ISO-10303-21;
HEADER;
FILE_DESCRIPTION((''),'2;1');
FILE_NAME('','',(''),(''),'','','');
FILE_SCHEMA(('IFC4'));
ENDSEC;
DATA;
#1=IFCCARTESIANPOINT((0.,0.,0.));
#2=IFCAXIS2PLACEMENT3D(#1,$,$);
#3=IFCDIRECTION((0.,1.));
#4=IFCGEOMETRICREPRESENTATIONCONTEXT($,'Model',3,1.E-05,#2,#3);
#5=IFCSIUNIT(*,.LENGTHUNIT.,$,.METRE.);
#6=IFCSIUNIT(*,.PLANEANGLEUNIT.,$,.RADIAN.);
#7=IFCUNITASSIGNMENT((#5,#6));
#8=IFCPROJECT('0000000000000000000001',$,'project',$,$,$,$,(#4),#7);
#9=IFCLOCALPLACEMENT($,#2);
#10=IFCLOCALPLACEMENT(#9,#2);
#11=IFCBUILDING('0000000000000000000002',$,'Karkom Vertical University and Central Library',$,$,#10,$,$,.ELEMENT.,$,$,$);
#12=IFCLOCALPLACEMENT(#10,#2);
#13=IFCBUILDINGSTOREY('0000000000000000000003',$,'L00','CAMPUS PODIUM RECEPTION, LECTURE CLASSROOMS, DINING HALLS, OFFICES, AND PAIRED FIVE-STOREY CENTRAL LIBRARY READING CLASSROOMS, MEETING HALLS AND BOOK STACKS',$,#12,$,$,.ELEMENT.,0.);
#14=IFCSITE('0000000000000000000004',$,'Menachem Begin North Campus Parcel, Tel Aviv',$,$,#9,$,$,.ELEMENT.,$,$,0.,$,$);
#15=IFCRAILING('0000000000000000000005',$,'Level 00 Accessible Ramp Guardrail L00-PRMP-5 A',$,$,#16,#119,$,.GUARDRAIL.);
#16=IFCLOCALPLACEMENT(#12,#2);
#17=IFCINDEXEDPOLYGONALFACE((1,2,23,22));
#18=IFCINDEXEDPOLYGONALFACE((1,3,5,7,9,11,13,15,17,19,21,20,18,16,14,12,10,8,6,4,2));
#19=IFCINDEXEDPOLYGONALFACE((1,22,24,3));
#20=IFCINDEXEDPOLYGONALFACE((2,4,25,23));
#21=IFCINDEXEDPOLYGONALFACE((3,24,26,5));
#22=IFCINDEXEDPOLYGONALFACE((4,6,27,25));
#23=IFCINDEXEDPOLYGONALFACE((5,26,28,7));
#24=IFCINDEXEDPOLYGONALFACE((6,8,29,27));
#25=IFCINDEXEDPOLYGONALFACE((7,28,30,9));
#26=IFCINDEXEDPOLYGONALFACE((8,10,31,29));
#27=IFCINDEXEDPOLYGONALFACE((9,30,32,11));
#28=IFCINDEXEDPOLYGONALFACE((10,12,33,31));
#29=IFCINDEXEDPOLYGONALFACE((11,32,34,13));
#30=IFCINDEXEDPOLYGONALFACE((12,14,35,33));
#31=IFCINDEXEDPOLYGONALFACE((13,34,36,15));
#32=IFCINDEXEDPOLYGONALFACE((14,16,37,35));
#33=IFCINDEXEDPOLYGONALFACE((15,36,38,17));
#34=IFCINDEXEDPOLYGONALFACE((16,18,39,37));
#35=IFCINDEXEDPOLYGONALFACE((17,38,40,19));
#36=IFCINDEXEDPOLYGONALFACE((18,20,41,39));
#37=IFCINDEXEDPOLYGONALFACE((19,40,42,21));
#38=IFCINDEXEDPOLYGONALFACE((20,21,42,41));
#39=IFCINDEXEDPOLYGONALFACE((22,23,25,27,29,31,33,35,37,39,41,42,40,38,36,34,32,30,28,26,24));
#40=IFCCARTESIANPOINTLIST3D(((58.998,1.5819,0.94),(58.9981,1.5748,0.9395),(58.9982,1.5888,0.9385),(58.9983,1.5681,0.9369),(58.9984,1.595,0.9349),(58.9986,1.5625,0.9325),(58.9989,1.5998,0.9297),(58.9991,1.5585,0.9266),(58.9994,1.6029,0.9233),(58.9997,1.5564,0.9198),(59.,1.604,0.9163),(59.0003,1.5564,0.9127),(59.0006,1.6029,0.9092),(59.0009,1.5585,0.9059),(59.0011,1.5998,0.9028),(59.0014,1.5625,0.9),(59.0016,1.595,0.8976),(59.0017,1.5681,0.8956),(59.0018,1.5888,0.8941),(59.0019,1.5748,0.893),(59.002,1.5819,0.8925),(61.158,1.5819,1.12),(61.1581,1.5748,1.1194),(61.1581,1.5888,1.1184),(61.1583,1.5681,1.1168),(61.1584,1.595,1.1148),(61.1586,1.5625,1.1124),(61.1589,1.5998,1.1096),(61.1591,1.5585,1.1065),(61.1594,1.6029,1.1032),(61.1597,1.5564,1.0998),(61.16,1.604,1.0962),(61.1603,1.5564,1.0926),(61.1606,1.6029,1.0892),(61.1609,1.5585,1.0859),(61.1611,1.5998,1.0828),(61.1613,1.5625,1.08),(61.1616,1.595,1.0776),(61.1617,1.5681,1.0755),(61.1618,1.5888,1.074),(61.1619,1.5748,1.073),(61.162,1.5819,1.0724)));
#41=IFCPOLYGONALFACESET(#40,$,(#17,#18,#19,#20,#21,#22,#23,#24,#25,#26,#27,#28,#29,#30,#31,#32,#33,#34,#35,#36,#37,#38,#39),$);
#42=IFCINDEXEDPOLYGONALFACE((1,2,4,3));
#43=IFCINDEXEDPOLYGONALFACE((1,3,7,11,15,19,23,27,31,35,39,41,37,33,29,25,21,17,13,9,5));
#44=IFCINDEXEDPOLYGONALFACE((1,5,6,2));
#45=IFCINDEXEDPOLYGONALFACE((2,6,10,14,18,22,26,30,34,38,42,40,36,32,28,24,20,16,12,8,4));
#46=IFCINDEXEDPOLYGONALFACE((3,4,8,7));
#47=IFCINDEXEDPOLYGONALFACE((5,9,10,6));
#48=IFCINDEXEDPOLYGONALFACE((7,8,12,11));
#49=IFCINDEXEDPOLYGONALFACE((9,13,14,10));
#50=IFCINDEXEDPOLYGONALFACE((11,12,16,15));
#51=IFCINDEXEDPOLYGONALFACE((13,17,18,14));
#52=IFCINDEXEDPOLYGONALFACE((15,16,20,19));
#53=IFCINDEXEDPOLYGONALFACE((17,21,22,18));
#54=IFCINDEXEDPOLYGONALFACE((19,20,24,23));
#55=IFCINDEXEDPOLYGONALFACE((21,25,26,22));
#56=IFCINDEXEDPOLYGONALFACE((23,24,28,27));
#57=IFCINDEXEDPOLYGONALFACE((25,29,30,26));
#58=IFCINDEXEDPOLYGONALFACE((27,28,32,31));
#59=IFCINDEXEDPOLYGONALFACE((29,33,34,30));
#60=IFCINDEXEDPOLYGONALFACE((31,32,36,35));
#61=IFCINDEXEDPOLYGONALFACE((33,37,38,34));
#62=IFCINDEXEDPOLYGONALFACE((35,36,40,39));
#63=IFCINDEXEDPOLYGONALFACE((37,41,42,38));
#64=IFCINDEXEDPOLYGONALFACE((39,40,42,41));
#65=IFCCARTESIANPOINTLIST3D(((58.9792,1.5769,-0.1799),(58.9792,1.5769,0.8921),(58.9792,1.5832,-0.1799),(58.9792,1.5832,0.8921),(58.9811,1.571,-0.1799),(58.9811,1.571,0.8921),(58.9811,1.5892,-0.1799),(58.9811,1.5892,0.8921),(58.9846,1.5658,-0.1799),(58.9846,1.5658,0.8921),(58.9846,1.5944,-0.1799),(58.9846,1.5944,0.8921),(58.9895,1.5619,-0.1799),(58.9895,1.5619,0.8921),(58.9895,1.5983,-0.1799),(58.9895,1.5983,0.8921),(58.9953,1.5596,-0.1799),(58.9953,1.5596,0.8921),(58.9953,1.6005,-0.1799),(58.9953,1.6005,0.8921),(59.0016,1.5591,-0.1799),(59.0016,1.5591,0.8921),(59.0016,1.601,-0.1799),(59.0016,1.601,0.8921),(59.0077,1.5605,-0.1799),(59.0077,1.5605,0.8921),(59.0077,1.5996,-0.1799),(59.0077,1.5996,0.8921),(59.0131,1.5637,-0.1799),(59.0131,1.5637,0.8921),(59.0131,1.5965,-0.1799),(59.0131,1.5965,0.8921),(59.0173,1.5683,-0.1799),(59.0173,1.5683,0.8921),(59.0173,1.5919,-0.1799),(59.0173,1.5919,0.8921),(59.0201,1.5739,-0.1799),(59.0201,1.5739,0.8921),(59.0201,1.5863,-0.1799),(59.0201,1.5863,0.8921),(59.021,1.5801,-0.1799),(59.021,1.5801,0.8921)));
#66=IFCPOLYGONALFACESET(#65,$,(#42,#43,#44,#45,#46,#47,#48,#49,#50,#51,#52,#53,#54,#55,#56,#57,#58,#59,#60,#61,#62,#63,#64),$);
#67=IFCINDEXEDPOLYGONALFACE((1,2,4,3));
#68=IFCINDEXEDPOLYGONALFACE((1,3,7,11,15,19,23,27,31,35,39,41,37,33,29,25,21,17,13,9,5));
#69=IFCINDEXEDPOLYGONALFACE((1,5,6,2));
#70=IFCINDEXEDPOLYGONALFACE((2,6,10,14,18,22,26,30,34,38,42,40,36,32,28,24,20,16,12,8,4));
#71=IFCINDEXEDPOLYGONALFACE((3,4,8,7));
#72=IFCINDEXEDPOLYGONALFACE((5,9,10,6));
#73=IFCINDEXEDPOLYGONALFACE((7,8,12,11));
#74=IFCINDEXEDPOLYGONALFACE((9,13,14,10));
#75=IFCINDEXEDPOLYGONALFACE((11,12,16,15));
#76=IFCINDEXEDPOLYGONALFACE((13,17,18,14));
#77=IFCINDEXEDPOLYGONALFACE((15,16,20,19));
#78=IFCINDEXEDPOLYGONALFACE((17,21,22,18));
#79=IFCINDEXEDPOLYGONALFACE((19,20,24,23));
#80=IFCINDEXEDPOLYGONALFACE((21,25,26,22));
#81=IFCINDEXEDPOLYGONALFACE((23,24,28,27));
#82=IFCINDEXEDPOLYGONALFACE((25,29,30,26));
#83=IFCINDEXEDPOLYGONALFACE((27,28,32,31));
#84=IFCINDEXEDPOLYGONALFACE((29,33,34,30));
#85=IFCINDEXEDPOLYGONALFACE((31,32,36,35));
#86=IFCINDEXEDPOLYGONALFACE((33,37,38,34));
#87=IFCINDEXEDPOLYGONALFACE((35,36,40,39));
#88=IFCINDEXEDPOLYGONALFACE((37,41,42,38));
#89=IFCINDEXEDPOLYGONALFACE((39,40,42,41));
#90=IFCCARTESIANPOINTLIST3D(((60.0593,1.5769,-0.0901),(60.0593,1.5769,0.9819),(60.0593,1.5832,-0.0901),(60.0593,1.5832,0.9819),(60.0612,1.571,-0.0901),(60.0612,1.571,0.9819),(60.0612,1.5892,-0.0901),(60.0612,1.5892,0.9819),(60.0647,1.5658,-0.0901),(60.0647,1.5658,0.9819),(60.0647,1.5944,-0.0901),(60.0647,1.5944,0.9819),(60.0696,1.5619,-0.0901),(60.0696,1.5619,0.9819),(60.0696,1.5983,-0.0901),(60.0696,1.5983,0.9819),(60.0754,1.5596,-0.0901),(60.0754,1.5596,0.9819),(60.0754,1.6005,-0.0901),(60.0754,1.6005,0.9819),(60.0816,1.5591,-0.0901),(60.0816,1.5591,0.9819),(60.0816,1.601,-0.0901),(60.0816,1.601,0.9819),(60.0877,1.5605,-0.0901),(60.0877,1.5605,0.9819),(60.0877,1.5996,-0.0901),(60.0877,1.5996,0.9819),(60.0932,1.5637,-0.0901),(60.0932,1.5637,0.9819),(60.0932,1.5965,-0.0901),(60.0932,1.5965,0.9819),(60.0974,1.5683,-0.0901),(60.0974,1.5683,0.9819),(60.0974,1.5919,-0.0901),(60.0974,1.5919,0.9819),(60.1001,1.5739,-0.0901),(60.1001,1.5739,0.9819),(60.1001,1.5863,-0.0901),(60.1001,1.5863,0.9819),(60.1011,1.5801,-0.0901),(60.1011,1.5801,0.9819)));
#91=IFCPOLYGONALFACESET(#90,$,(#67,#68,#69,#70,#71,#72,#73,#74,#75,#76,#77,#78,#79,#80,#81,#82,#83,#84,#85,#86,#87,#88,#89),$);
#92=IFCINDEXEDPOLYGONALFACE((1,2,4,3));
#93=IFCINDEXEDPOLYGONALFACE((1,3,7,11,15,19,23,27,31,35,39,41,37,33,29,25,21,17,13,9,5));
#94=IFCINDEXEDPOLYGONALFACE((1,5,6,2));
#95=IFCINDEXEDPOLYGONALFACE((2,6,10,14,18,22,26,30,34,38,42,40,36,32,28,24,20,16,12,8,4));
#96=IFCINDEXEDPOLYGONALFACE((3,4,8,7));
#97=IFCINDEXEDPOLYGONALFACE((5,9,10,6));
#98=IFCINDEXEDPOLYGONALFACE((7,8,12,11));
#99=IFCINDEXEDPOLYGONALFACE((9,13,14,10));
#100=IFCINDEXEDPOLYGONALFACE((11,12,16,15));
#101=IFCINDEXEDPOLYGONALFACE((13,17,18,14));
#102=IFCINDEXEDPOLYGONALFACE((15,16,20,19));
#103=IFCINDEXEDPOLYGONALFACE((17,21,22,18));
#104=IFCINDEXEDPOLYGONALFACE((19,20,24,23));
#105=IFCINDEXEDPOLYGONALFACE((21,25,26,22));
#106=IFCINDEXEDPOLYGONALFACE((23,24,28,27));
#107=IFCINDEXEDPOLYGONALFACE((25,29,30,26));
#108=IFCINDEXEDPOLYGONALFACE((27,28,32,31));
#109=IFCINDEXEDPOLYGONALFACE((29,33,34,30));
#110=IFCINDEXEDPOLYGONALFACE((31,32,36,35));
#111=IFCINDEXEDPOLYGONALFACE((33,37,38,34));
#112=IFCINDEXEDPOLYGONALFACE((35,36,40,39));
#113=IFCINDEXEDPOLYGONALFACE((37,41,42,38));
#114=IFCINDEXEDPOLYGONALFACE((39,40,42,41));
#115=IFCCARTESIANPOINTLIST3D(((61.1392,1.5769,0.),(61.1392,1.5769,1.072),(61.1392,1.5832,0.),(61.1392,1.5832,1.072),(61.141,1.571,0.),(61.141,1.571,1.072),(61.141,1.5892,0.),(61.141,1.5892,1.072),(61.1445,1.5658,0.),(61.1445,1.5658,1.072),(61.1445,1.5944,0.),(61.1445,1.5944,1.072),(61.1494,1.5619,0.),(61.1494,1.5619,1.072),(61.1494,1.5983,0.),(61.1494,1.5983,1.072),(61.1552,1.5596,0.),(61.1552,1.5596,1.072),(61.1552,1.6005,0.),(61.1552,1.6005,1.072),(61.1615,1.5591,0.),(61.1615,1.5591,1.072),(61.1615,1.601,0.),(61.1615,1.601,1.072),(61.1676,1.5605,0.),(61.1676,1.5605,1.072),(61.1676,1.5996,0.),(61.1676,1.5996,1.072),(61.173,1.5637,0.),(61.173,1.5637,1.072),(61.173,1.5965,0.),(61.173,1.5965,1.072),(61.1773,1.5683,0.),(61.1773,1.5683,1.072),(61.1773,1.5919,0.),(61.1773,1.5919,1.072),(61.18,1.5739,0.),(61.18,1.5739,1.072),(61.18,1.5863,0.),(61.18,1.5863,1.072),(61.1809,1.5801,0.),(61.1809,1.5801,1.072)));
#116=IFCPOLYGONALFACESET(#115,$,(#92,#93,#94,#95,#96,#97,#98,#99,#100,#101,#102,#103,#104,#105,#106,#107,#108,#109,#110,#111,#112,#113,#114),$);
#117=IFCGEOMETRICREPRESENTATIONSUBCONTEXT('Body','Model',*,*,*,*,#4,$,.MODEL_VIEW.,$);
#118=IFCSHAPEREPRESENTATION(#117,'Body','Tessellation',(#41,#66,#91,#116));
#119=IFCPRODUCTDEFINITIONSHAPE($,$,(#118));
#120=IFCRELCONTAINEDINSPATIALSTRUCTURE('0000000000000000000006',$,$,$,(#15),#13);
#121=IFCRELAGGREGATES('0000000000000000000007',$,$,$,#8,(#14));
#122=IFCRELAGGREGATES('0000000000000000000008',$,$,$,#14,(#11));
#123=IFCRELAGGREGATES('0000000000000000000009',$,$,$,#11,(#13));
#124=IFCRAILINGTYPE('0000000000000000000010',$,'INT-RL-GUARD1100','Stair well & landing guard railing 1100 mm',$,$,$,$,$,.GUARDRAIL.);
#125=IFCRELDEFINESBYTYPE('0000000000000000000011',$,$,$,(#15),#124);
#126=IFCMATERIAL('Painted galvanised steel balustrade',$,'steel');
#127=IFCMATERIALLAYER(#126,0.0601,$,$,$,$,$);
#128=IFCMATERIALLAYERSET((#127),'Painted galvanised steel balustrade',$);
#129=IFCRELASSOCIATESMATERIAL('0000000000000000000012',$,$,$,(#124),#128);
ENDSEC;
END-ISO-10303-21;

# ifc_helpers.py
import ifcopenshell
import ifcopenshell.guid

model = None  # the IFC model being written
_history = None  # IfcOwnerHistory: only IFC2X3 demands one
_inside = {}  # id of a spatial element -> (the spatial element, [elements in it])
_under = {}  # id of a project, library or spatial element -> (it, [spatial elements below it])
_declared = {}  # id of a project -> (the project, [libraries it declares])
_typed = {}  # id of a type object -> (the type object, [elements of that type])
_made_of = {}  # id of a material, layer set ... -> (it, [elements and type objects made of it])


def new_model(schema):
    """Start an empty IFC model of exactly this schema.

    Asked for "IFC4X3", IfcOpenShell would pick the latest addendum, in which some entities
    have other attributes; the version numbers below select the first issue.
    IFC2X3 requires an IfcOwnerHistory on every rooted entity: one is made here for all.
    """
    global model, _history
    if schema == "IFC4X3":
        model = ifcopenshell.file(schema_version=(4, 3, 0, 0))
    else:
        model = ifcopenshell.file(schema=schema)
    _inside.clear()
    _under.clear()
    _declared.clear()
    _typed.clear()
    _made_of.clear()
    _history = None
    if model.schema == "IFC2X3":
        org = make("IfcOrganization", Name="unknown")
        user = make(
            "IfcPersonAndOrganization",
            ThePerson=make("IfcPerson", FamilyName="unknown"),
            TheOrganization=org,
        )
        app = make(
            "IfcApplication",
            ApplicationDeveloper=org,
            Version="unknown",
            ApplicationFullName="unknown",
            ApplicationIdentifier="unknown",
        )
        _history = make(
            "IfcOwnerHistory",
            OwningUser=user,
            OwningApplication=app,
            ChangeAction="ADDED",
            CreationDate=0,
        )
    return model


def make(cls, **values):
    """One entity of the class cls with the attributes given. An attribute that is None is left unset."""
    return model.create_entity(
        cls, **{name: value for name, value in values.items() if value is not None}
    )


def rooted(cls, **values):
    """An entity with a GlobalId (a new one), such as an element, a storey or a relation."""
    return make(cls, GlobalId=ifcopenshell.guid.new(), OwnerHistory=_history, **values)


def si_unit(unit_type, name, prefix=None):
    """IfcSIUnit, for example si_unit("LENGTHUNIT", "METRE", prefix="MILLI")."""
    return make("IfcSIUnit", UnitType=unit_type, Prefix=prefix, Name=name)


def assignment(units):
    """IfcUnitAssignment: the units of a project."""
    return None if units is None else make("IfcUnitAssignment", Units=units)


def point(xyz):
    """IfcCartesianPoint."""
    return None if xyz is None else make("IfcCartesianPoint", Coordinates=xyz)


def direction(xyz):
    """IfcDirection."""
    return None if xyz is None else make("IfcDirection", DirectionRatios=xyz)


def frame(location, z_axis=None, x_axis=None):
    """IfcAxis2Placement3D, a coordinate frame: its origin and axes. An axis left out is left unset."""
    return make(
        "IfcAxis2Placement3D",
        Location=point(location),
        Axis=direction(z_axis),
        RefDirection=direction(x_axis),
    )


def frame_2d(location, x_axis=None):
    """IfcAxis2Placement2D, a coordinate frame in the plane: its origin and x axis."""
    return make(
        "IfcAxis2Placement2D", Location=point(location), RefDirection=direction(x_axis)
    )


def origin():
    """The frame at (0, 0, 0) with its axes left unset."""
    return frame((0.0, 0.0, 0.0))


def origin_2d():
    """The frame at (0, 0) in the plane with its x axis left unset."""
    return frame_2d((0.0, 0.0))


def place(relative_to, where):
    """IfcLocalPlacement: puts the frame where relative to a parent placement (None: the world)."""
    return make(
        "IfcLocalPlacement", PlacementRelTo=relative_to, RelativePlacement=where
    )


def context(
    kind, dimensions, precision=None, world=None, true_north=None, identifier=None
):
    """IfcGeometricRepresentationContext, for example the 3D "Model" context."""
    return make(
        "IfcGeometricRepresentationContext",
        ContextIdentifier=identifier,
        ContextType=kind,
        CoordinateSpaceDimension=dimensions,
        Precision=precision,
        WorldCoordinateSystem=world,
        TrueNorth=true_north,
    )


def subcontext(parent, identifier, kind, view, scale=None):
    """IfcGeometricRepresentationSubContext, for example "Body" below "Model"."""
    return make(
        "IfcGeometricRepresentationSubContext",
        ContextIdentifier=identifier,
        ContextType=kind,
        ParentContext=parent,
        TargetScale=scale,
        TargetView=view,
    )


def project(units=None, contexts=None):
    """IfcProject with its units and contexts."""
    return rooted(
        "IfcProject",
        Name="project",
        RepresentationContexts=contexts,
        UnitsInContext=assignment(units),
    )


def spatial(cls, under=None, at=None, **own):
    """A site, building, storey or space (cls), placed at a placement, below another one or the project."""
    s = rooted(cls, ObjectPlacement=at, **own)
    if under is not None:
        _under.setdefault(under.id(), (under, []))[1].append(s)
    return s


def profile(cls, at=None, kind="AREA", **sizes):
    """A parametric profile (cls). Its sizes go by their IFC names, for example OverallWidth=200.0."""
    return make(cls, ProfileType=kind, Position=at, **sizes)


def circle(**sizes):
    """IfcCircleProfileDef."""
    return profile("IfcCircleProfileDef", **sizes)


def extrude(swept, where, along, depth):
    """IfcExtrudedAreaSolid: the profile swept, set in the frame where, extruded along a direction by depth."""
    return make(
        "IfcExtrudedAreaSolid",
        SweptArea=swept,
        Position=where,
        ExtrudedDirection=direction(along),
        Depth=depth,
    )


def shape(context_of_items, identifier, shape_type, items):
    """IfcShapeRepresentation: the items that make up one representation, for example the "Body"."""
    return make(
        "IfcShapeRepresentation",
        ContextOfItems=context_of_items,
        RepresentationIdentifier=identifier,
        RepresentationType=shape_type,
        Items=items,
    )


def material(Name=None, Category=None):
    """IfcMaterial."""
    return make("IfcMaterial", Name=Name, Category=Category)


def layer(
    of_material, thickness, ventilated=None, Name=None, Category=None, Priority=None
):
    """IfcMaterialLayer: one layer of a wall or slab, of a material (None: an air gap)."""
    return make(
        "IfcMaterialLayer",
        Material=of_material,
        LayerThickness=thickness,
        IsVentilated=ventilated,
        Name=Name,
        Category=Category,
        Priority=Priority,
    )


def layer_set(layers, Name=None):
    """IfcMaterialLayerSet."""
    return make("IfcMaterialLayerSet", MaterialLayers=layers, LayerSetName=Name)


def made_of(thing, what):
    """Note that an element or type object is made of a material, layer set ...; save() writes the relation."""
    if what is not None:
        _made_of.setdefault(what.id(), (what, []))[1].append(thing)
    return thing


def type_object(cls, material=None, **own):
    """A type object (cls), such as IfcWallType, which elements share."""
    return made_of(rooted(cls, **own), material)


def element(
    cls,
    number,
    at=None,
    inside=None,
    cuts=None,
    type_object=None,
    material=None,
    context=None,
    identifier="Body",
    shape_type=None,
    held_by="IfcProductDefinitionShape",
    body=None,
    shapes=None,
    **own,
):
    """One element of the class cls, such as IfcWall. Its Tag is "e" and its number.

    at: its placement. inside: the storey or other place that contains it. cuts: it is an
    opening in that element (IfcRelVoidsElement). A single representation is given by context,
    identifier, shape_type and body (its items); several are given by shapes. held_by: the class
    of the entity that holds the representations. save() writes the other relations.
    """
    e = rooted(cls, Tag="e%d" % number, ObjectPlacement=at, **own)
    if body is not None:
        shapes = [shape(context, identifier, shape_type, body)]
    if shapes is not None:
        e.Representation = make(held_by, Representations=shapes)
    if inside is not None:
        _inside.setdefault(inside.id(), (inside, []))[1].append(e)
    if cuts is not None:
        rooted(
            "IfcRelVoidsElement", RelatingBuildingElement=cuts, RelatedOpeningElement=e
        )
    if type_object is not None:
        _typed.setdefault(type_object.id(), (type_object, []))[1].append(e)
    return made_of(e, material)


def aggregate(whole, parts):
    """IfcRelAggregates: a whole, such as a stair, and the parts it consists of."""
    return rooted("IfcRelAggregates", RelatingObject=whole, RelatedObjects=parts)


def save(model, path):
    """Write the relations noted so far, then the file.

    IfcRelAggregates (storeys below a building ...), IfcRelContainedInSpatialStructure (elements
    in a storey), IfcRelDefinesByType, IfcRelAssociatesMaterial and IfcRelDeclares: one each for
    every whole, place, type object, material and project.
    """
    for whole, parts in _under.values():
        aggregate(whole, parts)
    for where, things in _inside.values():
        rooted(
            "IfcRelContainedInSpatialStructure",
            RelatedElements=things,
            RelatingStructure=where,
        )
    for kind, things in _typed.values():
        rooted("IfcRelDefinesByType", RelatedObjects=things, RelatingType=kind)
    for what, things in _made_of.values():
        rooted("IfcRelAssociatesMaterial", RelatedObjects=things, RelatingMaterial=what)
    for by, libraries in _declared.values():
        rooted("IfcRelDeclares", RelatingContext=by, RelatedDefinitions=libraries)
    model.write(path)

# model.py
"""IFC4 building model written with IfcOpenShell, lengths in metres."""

from ifc_helpers import new_model, si_unit, direction, frame, origin, origin_2d, place, context, subcontext, project, spatial, circle, extrude, material, layer, layer_set, type_object, element, save


model = new_model("IFC4")

# Units and contexts
model_context = context("Model", 3, precision=1e-05, world=origin(), true_north=direction((0.0, 1.0)))
body_context = subcontext(model_context, "Body", "Model", "MODEL_VIEW")
ifc_project = project(units=[si_unit("LENGTHUNIT", "METRE"), si_unit("PLANEANGLEUNIT", "RADIAN")], contexts=[model_context])

# Site, building, storey
site_placement = place(None, origin())
site = spatial("IfcSite", under=ifc_project, at=site_placement, Name="Menachem Begin North Campus Parcel, Tel Aviv", CompositionType="ELEMENT", RefElevation=0.0)
building_placement = place(site_placement, origin())
building = spatial("IfcBuilding", under=site, at=building_placement, Name="Karkom Vertical University and Central Library", CompositionType="ELEMENT")
storey_placement = place(building_placement, origin())
storey = spatial("IfcBuildingStorey", under=building, at=storey_placement, Name="L00", Description="CAMPUS PODIUM RECEPTION, LECTURE CLASSROOMS, DINING HALLS, OFFICES, AND PAIRED FIVE-STOREY CENTRAL LIBRARY READING CLASSROOMS, MEETING HALLS AND BOOK STACKS", CompositionType="ELEMENT", Elevation=0.0)

# Railing
ifc_material_1 = material(Name="Painted galvanised steel balustrade", Category="steel")
ifc_layer_1 = layer(ifc_material_1, 0.0601)
ifc_layer_set_1 = layer_set([ifc_layer_1], Name="Painted galvanised steel balustrade")
railing_type = type_object("IfcRailingType", Name="INT-RL-GUARD1100", Description="Stair well & landing guard railing 1100 mm", PredefinedType="GUARDRAIL", material=ifc_layer_set_1)
for number, where, name in (
    (1, (59.0, 1.5801, -0.1799), "Level 00 Accessible Ramp Guardrail L00-PRMP-5 A"),
):
    element("IfcRailing", number, at=place(storey_placement, frame(where)), inside=storey, type_object=railing_type, Name=name, PredefinedType="GUARDRAIL", context=body_context, shape_type="SweptSolid", body=[
        extrude(circle(Radius=0.0239, at=origin_2d()), frame((0.0, 0.0, 1.0962), z_axis=(0.996548, 0.0, 0.083018), x_axis=(0.0, 1.0, 0.0)), (0.0, 0.0, 1.0), 2.1675),
        extrude(circle(Radius=0.021, at=origin_2d()), origin(), (0.0, 0.0, 1.0), 1.072),
        extrude(circle(Radius=0.021, at=origin_2d()), frame((1.0801, 0.0, 0.0898)), (0.0, 0.0, 1.0), 1.072),
        extrude(circle(Radius=0.021, at=origin_2d()), frame((2.1599, 0.0, 0.1799)), (0.0, 0.0, 1.0), 1.072),
    ])

save(model, "model.ifc")
